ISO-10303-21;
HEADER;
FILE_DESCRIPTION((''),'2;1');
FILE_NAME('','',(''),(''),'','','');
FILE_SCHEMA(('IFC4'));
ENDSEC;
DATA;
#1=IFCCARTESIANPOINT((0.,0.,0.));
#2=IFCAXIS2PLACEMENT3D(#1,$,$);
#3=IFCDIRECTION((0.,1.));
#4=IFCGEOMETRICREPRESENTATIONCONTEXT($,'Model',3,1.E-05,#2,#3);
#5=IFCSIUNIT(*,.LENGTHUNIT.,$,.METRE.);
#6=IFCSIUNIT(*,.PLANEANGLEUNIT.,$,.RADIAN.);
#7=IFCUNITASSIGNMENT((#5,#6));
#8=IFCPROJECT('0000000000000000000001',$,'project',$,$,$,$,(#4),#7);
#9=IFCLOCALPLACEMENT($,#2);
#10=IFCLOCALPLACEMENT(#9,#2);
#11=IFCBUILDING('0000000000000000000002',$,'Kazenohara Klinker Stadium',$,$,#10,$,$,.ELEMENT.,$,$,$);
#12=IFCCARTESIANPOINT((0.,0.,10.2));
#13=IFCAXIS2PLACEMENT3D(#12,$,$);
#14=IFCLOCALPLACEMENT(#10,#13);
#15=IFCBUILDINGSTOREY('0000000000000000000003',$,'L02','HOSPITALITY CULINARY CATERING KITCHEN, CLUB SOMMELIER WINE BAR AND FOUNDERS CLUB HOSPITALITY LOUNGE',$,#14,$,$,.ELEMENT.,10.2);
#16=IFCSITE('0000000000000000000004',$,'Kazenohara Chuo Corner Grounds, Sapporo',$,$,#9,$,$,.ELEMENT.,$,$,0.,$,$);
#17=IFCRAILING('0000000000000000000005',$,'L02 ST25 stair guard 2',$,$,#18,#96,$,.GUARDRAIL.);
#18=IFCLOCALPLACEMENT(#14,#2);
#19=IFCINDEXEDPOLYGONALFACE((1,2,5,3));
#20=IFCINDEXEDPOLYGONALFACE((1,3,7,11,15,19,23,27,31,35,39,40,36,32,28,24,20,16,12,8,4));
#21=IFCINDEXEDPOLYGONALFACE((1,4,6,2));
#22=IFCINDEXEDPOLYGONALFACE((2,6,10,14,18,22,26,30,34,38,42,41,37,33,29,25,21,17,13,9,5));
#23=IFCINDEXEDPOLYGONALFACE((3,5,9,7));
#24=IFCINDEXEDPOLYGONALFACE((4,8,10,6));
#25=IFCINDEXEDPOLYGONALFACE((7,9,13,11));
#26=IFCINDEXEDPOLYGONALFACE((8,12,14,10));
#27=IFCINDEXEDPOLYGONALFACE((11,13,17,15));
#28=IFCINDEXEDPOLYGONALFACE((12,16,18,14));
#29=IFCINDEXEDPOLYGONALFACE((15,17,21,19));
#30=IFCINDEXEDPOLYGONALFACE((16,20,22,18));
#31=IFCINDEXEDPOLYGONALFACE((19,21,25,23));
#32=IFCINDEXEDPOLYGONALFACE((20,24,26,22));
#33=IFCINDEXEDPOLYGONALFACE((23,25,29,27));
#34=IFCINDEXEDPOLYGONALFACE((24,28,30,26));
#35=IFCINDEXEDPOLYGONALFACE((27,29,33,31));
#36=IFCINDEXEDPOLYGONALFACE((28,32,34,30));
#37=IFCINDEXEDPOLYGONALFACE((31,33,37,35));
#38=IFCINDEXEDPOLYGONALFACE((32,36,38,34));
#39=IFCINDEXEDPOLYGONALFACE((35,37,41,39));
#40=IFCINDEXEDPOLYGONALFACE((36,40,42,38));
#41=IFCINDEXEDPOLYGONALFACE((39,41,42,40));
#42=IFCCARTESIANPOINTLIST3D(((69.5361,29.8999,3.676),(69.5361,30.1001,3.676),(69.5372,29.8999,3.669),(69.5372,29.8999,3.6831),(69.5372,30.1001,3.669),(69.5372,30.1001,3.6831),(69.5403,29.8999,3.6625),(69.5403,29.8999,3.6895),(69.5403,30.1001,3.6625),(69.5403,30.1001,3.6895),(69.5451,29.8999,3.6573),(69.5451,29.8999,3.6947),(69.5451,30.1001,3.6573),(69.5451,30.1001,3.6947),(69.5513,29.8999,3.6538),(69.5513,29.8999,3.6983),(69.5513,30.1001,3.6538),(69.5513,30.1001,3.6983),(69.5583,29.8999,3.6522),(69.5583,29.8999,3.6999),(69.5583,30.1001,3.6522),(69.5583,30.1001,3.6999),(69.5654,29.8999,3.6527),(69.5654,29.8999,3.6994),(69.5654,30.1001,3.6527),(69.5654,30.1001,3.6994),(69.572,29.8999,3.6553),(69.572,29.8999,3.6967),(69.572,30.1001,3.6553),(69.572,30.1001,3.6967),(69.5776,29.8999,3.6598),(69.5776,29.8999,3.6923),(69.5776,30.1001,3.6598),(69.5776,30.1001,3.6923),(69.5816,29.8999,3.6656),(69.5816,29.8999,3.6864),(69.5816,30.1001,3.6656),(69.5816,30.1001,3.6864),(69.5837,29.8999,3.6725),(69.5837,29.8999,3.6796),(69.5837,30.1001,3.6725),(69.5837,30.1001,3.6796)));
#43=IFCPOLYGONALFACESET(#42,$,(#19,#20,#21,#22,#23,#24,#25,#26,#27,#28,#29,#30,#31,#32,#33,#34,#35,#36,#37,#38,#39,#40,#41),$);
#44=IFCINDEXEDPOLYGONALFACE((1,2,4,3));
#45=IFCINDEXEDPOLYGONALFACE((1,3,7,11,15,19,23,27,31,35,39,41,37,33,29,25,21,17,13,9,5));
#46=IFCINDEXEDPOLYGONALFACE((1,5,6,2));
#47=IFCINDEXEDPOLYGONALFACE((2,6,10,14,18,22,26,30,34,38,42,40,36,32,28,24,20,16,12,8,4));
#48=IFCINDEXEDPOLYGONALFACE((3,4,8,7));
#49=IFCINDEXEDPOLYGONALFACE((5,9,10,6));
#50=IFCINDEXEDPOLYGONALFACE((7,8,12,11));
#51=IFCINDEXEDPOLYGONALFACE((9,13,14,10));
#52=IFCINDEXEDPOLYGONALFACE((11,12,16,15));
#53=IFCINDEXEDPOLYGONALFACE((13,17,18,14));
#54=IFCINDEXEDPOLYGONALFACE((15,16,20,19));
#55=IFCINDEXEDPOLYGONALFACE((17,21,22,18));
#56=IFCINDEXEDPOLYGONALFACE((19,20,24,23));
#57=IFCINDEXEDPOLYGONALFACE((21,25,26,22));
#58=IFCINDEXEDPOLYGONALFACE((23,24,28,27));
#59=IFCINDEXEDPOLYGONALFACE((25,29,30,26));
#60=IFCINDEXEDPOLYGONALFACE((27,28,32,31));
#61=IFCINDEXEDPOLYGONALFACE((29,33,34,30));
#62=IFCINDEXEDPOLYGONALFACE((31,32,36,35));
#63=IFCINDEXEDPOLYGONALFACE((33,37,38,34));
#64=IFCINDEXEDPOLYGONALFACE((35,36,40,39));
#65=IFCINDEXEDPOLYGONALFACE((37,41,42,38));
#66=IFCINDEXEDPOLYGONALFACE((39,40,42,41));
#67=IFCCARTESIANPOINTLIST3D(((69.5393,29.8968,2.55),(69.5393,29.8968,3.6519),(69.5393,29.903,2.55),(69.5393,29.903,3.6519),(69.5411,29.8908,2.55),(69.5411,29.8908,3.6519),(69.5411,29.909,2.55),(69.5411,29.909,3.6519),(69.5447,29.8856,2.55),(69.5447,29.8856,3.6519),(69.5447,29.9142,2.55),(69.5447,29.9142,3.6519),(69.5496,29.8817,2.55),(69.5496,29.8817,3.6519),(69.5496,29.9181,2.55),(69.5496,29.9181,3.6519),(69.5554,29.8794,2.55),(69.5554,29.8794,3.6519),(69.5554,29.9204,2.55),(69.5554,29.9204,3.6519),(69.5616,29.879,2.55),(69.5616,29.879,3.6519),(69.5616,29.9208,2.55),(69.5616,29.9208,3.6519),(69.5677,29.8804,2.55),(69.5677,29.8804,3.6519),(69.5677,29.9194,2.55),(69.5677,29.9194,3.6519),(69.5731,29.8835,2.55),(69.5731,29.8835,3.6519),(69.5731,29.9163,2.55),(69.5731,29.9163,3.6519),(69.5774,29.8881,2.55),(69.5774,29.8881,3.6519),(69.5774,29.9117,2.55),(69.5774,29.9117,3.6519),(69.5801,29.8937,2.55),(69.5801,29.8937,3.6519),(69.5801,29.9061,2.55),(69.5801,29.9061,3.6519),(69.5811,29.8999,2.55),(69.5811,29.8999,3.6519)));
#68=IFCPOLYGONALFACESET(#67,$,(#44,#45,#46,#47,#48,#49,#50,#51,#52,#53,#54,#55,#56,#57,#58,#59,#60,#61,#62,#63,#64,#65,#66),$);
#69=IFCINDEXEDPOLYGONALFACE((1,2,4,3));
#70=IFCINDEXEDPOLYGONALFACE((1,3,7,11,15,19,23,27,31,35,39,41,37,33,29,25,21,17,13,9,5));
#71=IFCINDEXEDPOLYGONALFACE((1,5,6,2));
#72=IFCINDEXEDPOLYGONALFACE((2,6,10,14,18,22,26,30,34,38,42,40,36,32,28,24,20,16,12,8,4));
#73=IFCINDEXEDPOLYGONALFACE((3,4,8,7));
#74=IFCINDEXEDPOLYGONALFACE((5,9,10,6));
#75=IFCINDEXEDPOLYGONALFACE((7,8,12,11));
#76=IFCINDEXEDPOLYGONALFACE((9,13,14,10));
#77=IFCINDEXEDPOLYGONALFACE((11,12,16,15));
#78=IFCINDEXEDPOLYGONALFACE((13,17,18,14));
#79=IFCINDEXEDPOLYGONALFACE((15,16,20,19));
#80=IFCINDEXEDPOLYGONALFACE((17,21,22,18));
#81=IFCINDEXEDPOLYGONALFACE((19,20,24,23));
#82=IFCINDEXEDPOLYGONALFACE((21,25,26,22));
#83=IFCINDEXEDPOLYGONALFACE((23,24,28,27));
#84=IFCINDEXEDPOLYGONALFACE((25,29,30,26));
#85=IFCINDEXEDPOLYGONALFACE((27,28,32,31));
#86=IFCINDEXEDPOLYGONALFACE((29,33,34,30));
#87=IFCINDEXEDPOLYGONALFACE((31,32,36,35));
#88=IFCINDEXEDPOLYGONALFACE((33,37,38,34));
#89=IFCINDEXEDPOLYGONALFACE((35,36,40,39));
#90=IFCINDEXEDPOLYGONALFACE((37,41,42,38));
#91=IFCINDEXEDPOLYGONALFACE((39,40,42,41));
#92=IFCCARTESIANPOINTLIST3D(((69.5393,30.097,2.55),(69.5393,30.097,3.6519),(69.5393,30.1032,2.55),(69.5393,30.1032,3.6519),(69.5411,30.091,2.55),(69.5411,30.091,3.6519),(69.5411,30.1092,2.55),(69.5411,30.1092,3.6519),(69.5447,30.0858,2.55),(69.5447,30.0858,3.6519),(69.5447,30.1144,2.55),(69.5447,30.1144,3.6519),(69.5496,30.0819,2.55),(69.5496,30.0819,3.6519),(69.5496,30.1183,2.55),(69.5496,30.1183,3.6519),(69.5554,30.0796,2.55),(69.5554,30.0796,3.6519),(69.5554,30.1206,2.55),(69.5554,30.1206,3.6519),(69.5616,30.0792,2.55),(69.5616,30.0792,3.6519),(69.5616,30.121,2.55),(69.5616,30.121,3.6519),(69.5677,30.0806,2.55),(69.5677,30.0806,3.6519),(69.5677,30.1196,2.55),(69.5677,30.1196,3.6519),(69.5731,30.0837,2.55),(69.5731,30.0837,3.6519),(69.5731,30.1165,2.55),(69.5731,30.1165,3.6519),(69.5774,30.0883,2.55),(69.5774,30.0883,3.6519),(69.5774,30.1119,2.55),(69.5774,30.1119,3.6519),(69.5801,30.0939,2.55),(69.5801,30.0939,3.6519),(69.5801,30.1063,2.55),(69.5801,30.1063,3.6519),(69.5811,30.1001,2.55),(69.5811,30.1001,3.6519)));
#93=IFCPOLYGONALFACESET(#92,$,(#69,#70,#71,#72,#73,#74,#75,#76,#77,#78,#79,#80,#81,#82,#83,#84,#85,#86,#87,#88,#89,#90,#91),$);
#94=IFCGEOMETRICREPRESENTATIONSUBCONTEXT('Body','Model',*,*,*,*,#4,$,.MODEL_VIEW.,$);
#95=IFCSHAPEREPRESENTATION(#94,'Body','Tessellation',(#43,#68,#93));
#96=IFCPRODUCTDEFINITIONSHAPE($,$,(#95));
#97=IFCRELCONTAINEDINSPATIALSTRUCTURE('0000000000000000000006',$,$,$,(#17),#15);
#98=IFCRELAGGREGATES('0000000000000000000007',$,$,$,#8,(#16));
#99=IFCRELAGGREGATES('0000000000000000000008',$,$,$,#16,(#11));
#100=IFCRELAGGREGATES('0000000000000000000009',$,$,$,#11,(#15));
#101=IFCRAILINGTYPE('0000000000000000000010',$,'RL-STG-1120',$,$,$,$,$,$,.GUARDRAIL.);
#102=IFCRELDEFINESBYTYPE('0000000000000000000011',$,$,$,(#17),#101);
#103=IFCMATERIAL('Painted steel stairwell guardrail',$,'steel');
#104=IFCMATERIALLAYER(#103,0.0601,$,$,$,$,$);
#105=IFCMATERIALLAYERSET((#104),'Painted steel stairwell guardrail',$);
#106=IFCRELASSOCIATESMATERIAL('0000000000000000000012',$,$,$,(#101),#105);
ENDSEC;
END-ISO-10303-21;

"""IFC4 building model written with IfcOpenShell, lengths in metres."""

from ifc_helpers import new_model, si_unit, direction, frame, origin, origin_2d, place, context, subcontext, project, spatial, circle, extrude, material, layer, layer_set, type_object, element, save


model = new_model("IFC4")

# Units and contexts
model_context = context("Model", 3, precision=1e-05, world=origin(), true_north=direction((0.0, 1.0)))
body_context = subcontext(model_context, "Body", "Model", "MODEL_VIEW")
ifc_project = project(units=[si_unit("LENGTHUNIT", "METRE"), si_unit("PLANEANGLEUNIT", "RADIAN")], contexts=[model_context])

# Site, building, storey
site_placement = place(None, origin())
site = spatial("IfcSite", under=ifc_project, at=site_placement, Name="Kazenohara Chuo Corner Grounds, Sapporo", CompositionType="ELEMENT", RefElevation=0.0)
building_placement = place(site_placement, origin())
building = spatial("IfcBuilding", under=site, at=building_placement, Name="Kazenohara Klinker Stadium", CompositionType="ELEMENT")
storey_placement = place(building_placement, frame((0.0, 0.0, 10.2)))
storey = spatial("IfcBuildingStorey", under=building, at=storey_placement, Name="L02", Description="HOSPITALITY CULINARY CATERING KITCHEN, CLUB SOMMELIER WINE BAR AND FOUNDERS CLUB HOSPITALITY LOUNGE", CompositionType="ELEMENT", Elevation=10.2)

# Railing
ifc_material_1 = material(Name="Painted steel stairwell guardrail", Category="steel")
ifc_layer_1 = layer(ifc_material_1, 0.0601)
ifc_layer_set_1 = layer_set([ifc_layer_1], Name="Painted steel stairwell guardrail")
railing_type_1 = type_object("IfcRailingType", Name="RL-STG-1120", PredefinedType="GUARDRAIL", material=ifc_layer_set_1)
railing_1_placement = place(storey_placement, frame((69.5601, 29.8999, 2.55)))
element("IfcRailing", 1, at=railing_1_placement, inside=storey, type_object=railing_type_1, Name="L02 ST25 stair guard 2", PredefinedType="GUARDRAIL", context=body_context, shape_type="SweptSolid", body=[
    extrude(circle(Radius=0.0239, at=origin_2d()), frame((0.0, 0.0, 1.126), z_axis=(0.0, 1.0, 0.0), x_axis=(-1.0, 0.0, 0.0)), (0.0, 0.0, 1.0), 0.2002),
    extrude(circle(Radius=0.021, at=origin_2d()), origin(), (0.0, 0.0, 1.0), 1.1018),
    extrude(circle(Radius=0.021, at=origin_2d()), frame((0.0, 0.2002, 0.0)), (0.0, 0.0, 1.0), 1.1018),
])

save(model, "model.ifc")
